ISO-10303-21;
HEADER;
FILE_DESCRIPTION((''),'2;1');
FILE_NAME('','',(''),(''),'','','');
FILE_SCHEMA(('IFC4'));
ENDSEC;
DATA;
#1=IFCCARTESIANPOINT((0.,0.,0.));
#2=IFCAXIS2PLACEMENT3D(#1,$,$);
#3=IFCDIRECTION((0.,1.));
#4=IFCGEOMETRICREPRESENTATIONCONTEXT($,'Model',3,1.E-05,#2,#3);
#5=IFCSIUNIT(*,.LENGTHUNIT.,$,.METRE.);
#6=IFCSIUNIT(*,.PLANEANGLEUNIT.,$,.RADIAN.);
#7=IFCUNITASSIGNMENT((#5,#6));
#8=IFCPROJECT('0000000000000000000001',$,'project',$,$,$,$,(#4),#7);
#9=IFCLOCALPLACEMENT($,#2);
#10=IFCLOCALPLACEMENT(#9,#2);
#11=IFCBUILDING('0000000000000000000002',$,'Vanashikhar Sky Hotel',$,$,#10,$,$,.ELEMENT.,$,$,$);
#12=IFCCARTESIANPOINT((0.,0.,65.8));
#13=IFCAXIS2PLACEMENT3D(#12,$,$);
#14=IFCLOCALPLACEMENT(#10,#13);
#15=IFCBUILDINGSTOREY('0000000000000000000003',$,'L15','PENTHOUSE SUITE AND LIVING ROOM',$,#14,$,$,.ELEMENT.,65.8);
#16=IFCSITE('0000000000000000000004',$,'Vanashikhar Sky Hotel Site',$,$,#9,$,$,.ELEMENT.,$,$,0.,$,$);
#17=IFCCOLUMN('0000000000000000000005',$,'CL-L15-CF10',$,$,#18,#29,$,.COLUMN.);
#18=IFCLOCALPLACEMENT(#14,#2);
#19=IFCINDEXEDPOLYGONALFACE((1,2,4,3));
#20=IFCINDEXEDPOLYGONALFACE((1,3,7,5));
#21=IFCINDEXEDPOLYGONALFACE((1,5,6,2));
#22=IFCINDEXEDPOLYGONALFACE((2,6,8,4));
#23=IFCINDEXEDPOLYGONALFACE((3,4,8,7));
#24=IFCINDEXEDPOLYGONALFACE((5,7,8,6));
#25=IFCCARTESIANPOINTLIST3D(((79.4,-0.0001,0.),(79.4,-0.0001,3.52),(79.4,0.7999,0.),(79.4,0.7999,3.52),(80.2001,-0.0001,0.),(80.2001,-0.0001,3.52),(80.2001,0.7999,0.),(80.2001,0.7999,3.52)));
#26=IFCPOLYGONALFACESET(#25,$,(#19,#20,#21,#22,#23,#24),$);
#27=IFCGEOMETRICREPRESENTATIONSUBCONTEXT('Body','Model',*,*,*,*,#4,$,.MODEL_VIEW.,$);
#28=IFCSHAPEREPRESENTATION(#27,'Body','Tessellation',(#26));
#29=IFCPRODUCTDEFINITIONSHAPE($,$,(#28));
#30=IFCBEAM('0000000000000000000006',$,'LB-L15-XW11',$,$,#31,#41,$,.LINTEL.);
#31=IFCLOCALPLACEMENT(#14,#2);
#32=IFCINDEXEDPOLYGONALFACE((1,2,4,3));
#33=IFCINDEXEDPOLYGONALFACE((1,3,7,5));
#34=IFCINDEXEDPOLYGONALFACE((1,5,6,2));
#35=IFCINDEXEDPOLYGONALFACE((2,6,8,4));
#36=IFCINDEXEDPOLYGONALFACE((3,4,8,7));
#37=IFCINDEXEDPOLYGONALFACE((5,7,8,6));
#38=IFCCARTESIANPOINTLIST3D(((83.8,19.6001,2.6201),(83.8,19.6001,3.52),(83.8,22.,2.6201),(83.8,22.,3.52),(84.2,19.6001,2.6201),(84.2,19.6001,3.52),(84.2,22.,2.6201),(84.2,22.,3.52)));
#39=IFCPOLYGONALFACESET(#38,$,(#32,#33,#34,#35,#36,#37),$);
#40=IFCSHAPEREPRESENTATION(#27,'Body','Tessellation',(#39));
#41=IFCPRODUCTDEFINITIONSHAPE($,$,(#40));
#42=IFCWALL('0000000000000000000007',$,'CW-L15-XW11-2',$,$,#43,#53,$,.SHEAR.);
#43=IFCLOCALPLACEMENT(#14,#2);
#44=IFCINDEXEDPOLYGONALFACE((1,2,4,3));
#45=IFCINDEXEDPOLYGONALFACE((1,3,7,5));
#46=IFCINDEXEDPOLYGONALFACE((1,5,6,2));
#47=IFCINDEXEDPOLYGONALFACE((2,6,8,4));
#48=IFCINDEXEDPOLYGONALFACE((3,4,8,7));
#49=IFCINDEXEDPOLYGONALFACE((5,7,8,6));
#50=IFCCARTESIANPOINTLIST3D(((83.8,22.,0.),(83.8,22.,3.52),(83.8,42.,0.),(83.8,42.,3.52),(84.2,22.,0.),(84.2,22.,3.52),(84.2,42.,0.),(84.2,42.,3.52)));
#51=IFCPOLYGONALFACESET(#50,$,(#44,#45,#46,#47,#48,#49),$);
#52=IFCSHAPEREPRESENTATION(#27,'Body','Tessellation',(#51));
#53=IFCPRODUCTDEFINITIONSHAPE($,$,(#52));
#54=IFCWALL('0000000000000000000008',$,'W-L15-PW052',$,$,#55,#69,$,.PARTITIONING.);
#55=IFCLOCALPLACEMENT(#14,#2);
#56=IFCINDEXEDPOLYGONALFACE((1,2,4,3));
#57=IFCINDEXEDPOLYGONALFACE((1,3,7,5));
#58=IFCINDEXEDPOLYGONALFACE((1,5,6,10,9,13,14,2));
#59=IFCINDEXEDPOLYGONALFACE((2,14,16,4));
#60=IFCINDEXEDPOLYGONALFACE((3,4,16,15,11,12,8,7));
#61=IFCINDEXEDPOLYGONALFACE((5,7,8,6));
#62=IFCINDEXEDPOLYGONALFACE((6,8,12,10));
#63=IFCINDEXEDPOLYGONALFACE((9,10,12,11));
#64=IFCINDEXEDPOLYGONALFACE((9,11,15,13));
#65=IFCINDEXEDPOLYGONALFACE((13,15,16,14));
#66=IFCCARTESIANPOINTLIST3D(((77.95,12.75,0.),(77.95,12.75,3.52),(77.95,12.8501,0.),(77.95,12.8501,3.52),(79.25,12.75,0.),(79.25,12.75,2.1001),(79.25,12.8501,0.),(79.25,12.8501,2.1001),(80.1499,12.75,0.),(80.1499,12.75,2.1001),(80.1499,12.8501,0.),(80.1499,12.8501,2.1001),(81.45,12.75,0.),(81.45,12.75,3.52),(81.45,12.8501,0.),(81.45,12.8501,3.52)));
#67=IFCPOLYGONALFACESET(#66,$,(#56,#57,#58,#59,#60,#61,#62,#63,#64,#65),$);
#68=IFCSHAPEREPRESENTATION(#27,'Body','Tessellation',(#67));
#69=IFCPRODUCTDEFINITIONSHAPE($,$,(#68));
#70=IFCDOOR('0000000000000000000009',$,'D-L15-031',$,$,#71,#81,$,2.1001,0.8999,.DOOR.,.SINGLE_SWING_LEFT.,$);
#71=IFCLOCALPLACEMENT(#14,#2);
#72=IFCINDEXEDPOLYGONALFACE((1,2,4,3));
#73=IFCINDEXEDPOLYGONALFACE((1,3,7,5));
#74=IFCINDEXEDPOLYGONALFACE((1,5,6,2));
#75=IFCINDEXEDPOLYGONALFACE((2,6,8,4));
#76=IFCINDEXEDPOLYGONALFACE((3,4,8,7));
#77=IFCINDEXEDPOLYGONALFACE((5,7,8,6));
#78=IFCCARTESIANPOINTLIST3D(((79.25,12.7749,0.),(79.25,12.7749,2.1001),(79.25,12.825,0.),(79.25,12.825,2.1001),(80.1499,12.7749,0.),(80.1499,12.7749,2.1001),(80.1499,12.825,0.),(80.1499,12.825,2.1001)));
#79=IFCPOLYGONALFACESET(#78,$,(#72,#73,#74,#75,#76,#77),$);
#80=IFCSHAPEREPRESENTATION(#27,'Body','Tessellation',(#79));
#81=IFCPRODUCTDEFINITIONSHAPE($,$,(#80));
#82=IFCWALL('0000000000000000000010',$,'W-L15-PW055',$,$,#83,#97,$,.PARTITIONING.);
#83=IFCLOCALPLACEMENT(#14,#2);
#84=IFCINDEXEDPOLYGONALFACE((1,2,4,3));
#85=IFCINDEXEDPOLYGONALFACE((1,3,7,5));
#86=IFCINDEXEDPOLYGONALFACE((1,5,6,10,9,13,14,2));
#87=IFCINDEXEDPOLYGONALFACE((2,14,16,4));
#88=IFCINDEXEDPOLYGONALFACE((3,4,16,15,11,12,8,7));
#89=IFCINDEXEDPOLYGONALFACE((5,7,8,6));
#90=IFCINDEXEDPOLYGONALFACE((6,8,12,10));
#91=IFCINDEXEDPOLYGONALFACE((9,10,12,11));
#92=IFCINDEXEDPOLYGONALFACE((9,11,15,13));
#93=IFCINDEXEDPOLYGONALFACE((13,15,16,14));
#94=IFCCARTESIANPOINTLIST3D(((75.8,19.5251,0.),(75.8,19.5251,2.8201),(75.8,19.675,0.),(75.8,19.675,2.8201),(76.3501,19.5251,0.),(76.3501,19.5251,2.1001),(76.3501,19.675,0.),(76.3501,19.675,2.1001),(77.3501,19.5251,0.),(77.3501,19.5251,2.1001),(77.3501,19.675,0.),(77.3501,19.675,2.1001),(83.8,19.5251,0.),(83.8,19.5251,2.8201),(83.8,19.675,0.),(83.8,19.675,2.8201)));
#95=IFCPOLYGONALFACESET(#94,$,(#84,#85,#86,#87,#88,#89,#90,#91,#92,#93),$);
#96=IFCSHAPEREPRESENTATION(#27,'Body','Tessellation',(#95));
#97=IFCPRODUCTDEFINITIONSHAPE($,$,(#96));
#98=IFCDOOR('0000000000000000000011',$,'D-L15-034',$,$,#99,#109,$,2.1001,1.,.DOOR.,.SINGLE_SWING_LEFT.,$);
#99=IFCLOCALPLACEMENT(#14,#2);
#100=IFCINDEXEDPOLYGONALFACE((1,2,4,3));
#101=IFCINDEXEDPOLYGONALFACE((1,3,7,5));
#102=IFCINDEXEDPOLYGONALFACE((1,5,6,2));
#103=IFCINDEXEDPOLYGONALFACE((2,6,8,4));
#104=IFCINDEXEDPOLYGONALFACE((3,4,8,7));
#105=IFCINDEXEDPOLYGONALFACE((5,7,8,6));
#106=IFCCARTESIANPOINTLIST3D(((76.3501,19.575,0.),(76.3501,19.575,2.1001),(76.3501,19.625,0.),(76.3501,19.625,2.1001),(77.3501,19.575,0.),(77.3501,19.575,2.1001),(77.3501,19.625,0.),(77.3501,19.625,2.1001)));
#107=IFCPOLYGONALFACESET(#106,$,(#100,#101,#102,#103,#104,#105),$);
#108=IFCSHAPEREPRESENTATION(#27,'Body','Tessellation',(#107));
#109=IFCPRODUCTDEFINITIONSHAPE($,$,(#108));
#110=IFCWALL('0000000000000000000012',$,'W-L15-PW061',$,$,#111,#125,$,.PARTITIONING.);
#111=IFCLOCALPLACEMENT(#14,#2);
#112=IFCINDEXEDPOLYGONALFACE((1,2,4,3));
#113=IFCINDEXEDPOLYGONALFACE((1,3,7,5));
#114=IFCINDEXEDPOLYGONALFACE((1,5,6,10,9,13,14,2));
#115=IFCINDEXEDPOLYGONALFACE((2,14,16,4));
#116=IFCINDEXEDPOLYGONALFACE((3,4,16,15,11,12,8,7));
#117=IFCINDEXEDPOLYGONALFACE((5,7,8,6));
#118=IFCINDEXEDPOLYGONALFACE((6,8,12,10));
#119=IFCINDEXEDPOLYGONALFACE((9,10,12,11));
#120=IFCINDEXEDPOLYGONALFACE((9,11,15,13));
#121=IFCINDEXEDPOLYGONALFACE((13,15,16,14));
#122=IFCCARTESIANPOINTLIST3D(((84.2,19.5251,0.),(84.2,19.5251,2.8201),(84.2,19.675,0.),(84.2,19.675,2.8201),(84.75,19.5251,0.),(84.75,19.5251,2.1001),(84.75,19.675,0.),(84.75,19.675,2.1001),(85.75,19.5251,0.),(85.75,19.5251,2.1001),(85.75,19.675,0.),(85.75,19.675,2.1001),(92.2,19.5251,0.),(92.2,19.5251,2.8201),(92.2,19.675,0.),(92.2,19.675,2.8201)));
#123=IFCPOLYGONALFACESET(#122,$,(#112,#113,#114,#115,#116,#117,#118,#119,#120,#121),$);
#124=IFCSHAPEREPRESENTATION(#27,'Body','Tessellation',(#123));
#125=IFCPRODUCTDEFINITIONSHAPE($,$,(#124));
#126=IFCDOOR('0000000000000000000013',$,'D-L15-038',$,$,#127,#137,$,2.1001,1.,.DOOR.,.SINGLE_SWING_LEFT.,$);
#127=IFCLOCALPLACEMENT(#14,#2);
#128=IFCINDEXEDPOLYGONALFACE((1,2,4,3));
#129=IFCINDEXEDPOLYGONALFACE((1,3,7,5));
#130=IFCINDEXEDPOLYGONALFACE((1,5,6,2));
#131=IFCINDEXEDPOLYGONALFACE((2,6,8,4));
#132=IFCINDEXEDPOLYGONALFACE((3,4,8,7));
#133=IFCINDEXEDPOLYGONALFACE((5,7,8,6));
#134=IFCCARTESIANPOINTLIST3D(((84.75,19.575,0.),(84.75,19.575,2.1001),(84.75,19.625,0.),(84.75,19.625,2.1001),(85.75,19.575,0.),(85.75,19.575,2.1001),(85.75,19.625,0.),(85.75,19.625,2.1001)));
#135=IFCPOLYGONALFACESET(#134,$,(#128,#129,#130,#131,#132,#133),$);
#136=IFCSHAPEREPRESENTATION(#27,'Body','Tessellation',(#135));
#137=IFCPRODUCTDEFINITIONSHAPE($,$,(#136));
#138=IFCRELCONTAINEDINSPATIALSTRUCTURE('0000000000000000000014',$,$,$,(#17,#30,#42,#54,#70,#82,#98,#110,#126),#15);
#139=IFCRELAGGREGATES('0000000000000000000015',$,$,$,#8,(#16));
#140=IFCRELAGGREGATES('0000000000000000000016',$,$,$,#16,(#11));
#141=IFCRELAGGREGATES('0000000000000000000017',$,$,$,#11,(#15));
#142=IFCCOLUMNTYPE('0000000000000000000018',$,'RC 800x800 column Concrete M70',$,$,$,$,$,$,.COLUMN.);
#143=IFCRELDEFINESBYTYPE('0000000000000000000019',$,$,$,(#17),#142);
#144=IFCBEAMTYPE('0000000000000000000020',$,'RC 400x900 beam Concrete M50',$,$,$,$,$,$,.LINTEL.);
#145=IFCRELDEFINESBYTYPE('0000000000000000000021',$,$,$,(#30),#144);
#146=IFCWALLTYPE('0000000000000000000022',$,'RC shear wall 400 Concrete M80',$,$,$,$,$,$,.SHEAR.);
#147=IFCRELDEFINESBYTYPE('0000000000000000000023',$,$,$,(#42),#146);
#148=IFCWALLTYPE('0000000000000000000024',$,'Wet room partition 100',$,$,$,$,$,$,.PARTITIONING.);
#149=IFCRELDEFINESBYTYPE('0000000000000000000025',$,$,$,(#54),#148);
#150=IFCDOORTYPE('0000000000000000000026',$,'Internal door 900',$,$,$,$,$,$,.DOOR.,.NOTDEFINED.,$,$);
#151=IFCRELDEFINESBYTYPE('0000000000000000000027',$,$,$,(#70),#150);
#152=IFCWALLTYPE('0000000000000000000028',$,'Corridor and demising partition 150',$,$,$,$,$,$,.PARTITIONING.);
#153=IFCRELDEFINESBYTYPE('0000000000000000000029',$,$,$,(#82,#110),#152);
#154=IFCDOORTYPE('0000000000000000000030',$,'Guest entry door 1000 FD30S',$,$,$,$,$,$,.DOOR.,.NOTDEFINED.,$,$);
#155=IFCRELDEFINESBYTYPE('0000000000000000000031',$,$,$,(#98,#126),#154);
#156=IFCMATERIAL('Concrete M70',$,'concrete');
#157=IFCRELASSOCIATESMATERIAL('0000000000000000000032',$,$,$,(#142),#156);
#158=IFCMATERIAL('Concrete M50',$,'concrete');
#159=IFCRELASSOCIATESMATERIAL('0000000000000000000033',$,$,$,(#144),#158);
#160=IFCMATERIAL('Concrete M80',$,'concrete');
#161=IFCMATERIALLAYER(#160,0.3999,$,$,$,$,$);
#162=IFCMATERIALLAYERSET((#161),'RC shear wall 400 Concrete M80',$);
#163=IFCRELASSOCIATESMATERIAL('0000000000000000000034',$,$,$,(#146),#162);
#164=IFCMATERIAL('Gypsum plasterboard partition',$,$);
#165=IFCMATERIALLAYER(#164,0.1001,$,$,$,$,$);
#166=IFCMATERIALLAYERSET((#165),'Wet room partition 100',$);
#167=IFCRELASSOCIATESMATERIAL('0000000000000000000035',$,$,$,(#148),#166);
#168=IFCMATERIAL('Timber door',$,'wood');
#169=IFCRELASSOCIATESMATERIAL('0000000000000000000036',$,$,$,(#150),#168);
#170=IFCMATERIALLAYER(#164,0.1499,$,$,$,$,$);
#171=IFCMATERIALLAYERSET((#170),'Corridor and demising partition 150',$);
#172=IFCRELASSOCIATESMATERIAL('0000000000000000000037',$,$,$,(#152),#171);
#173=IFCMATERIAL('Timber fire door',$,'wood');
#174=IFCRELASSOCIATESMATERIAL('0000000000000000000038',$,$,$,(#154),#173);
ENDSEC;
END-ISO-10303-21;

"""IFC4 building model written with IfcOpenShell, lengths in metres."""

from ifc_helpers import new_model, si_unit, direction, frame, frame_2d, origin, origin_2d, place, context, subcontext, project, spatial, rectangle, extrude, source, transform, mapped, material, layer, layer_set, material_profile, profile_set, type_object, element, fill, save


model = new_model("IFC4")

# Units and contexts
model_context = context("Model", 3, precision=1e-05, world=origin(), true_north=direction((0.0, 1.0)))
body_context = subcontext(model_context, "Body", "Model", "MODEL_VIEW")
ifc_project = project(units=[si_unit("LENGTHUNIT", "METRE"), si_unit("PLANEANGLEUNIT", "RADIAN")], contexts=[model_context])

# Site, building, storey
site_placement = place(None, origin())
site = spatial("IfcSite", under=ifc_project, at=site_placement, Name="Vanashikhar Sky Hotel Site", CompositionType="ELEMENT", RefElevation=0.0)
building_placement = place(site_placement, origin())
building = spatial("IfcBuilding", under=site, at=building_placement, Name="Vanashikhar Sky Hotel", CompositionType="ELEMENT")
storey_placement = place(building_placement, frame((0.0, 0.0, 65.8)))
storey = spatial("IfcBuildingStorey", under=building, at=storey_placement, Name="L15", Description="PENTHOUSE SUITE AND LIVING ROOM", CompositionType="ELEMENT", Elevation=65.8)

# Column
ifc_material_1 = material(Name="Concrete M70", Category="concrete")
ifc_material_profile_1 = material_profile(ifc_material_1, rectangle(XDim=0.8, YDim=0.8, at=origin_2d()))
ifc_profile_set_1 = profile_set([ifc_material_profile_1], Name="RC 800x800 column Concrete M70")
column_type = type_object("IfcColumnType", Name="RC 800x800 column Concrete M70", PredefinedType="COLUMN", material=ifc_profile_set_1)
shared_shape_1 = source(origin(), body_context, "Body", "SweptSolid", [
    extrude(rectangle(XDim=0.8, YDim=0.8, at=origin_2d()), origin(), (0.0, 0.0, 1.0), 3.52),
])
column_placement = place(storey_placement, frame((79.8, 0.3999, 0.0), z_axis=(0.0, 0.0, 1.0), x_axis=(1.0, 0.0, 0.0)))
element("IfcColumn", 1, at=column_placement, inside=storey, type_object=column_type, Name="CL-L15-CF10", PredefinedType="COLUMN", context=body_context, shape_type="MappedRepresentation", body=[
    mapped(shared_shape_1, transform((0.0, 0.0, 0.0), scale=1.0)),
])

# Beam
ifc_material_2 = material(Name="Concrete M50", Category="concrete")
ifc_material_profile_2 = material_profile(ifc_material_2, rectangle(XDim=0.3999, YDim=0.8999, at=origin_2d()))
ifc_profile_set_2 = profile_set([ifc_material_profile_2], Name="RC 400x900 beam Concrete M50")
beam_type = type_object("IfcBeamType", Name="RC 400x900 beam Concrete M50", PredefinedType="LINTEL", material=ifc_profile_set_2)
shared_shape_2 = source(origin(), body_context, "Body", "SweptSolid", [
    extrude(rectangle(XDim=0.3999, YDim=0.8999, at=origin_2d()), origin(), (0.0, 0.0, 1.0), 2.3999),
])
beam_placement = place(storey_placement, frame((84.0, 19.6001, 3.0701), z_axis=(0.0, 1.0, 0.0), x_axis=(-1.0, 0.0, 0.0)))
element("IfcBeam", 2, at=beam_placement, inside=storey, type_object=beam_type, Name="LB-L15-XW11", PredefinedType="LINTEL", context=body_context, shape_type="MappedRepresentation", body=[
    mapped(shared_shape_2, transform((0.0, 0.0, 0.0), scale=1.0)),
])

# Wall
ifc_material_3 = material(Name="Concrete M80", Category="concrete")
ifc_layer_1 = layer(ifc_material_3, 0.3999)
ifc_layer_set_1 = layer_set([ifc_layer_1], Name="RC shear wall 400 Concrete M80")
wall_type_1 = type_object("IfcWallType", Name="RC shear wall 400 Concrete M80", PredefinedType="SHEAR", material=ifc_layer_set_1)
shared_shape_3 = source(origin(), body_context, "Body", "SweptSolid", [
    extrude(rectangle(XDim=20.0, YDim=0.3999, at=frame_2d((10.0, 0.0))), origin(), (0.0, 0.0, 1.0), 3.52),
])
wall_1_placement = place(storey_placement, frame((84.0, 22.0, 0.0), z_axis=(0.0, 0.0, 1.0), x_axis=(0.0, 1.0, 0.0)))
element("IfcWall", 3, at=wall_1_placement, inside=storey, type_object=wall_type_1, Name="CW-L15-XW11-2", PredefinedType="SHEAR", context=body_context, shape_type="MappedRepresentation", body=[
    mapped(shared_shape_3, transform((0.0, 0.0, 0.0), scale=1.0)),
])

# Walls, openings, doors
ifc_material_4 = material(Name="Gypsum plasterboard partition")
ifc_layer_2 = layer(ifc_material_4, 0.1001)
ifc_layer_set_2 = layer_set([ifc_layer_2], Name="Wet room partition 100")
wall_type_2 = type_object("IfcWallType", Name="Wet room partition 100", PredefinedType="PARTITIONING", material=ifc_layer_set_2)
shared_shape_4 = source(origin(), body_context, "Body", "SweptSolid", [
    extrude(rectangle(XDim=3.5, YDim=0.1001, at=frame_2d((1.75, 0.0))), origin(), (0.0, 0.0, 1.0), 3.52),
])
wall_2_placement = place(storey_placement, frame((77.95, 12.8, 0.0), z_axis=(0.0, 0.0, 1.0), x_axis=(1.0, 0.0, 0.0)))
wall_2 = element("IfcWall", 4, at=wall_2_placement, inside=storey, type_object=wall_type_2, Name="W-L15-PW052", PredefinedType="PARTITIONING", context=body_context, shape_type="MappedRepresentation", body=[
    mapped(shared_shape_4, transform((0.0, 0.0, 0.0), scale=1.0)),
])
shared_shape_5 = source(origin(), body_context, "Body", "SweptSolid", [
    extrude(rectangle(XDim=0.8999, YDim=2.1001, at=frame_2d((0.45, 1.05))), frame((0.0, 0.0601, 0.0), z_axis=(0.0, -1.0, 0.0), x_axis=(1.0, 0.0, 0.0)), (0.0, 0.0, 1.0), 0.1201),
])
opening_1_placement = place(wall_2_placement, frame((1.3, 0.0, 0.0)))
opening_1 = element("IfcOpeningElement", 5, at=opening_1_placement, cuts=wall_2, PredefinedType="OPENING", context=body_context, shape_type="MappedRepresentation", body=[
    mapped(shared_shape_5, transform((0.0, 0.0, 0.0), scale=1.0)),
])
ifc_material_5 = material(Name="Timber door", Category="wood")
door_type_1 = type_object("IfcDoorType", Name="Internal door 900", OperationType="NOTDEFINED", PredefinedType="DOOR", material=ifc_material_5)
shared_shape_6 = source(origin(), body_context, "Body", "SweptSolid", [
    extrude(rectangle(XDim=0.8999, YDim=2.1001, at=frame_2d((0.45, 1.05))), frame((0.0, 0.0249, 0.0), z_axis=(0.0, -1.0, 0.0), x_axis=(1.0, 0.0, 0.0)), (0.0, 0.0, 1.0), 0.05),
])
door_1_placement = place(opening_1_placement, origin())
door_1 = element("IfcDoor", 6, at=door_1_placement, inside=storey, type_object=door_type_1, Name="D-L15-031", OperationType="SINGLE_SWING_LEFT", OverallHeight=2.1001, OverallWidth=0.8999, PredefinedType="DOOR", context=body_context, shape_type="MappedRepresentation", body=[
    mapped(shared_shape_6, transform((0.0, 0.0, 0.0), scale=1.0)),
])
fill(opening_1, door_1)
ifc_layer_3 = layer(ifc_material_4, 0.1499)
ifc_layer_set_3 = layer_set([ifc_layer_3], Name="Corridor and demising partition 150")
wall_type_3 = type_object("IfcWallType", Name="Corridor and demising partition 150", PredefinedType="PARTITIONING", material=ifc_layer_set_3)
shared_shape_7 = source(origin(), body_context, "Body", "SweptSolid", [
    extrude(rectangle(XDim=8.0, YDim=0.1499, at=frame_2d((4.0, 0.0))), origin(), (0.0, 0.0, 1.0), 2.8201),
])
wall_3_placement = place(storey_placement, frame((75.8, 19.6001, 0.0), z_axis=(0.0, 0.0, 1.0), x_axis=(1.0, 0.0, 0.0)))
wall_3 = element("IfcWall", 7, at=wall_3_placement, inside=storey, type_object=wall_type_3, Name="W-L15-PW055", PredefinedType="PARTITIONING", context=body_context, shape_type="MappedRepresentation", body=[
    mapped(shared_shape_7, transform((0.0, 0.0, 0.0), scale=1.0)),
])
shared_shape_8 = source(origin(), body_context, "Body", "SweptSolid", [
    extrude(rectangle(XDim=1.0, YDim=2.1001, at=frame_2d((0.5, 1.05))), frame((0.0, 0.085, 0.0), z_axis=(0.0, -1.0, 0.0), x_axis=(1.0, 0.0, 0.0)), (0.0, 0.0, 1.0), 0.1699),
])
opening_2_placement = place(wall_3_placement, frame((0.55, 0.0, 0.0)))
opening_2 = element("IfcOpeningElement", 8, at=opening_2_placement, cuts=wall_3, PredefinedType="OPENING", context=body_context, shape_type="MappedRepresentation", body=[
    mapped(shared_shape_8, transform((0.0, 0.0, 0.0), scale=1.0)),
])
ifc_material_6 = material(Name="Timber fire door", Category="wood")
door_type_2 = type_object("IfcDoorType", Name="Guest entry door 1000 FD30S", OperationType="NOTDEFINED", PredefinedType="DOOR", material=ifc_material_6)
shared_shape_9 = source(origin(), body_context, "Body", "SweptSolid", [
    extrude(rectangle(XDim=1.0, YDim=2.1001, at=frame_2d((0.5, 1.05))), frame((0.0, 0.0249, 0.0), z_axis=(0.0, -1.0, 0.0), x_axis=(1.0, 0.0, 0.0)), (0.0, 0.0, 1.0), 0.05),
])
door_2_placement = place(opening_2_placement, origin())
door_2 = element("IfcDoor", 9, at=door_2_placement, inside=storey, type_object=door_type_2, Name="D-L15-034", OperationType="SINGLE_SWING_LEFT", OverallHeight=2.1001, OverallWidth=1.0, PredefinedType="DOOR", context=body_context, shape_type="MappedRepresentation", body=[
    mapped(shared_shape_9, transform((0.0, 0.0, 0.0), scale=1.0)),
])
fill(opening_2, door_2)
wall_4_placement = place(storey_placement, frame((84.2, 19.6001, 0.0), z_axis=(0.0, 0.0, 1.0), x_axis=(1.0, 0.0, 0.0)))
wall_4 = element("IfcWall", 10, at=wall_4_placement, inside=storey, type_object=wall_type_3, Name="W-L15-PW061", PredefinedType="PARTITIONING", context=body_context, shape_type="MappedRepresentation", body=[
    mapped(shared_shape_7, transform((0.0, 0.0, 0.0), scale=1.0)),
])
opening_3_placement = place(wall_4_placement, frame((0.55, 0.0, 0.0)))
opening_3 = element("IfcOpeningElement", 11, at=opening_3_placement, cuts=wall_4, PredefinedType="OPENING", context=body_context, shape_type="MappedRepresentation", body=[
    mapped(shared_shape_8, transform((0.0, 0.0, 0.0), scale=1.0)),
])
door_3_placement = place(opening_3_placement, origin())
door_3 = element("IfcDoor", 12, at=door_3_placement, inside=storey, type_object=door_type_2, Name="D-L15-038", OperationType="SINGLE_SWING_LEFT", OverallHeight=2.1001, OverallWidth=1.0, PredefinedType="DOOR", context=body_context, shape_type="MappedRepresentation", body=[
    mapped(shared_shape_9, transform((0.0, 0.0, 0.0), scale=1.0)),
])
fill(opening_3, door_3)

save(model, "model.ifc")
